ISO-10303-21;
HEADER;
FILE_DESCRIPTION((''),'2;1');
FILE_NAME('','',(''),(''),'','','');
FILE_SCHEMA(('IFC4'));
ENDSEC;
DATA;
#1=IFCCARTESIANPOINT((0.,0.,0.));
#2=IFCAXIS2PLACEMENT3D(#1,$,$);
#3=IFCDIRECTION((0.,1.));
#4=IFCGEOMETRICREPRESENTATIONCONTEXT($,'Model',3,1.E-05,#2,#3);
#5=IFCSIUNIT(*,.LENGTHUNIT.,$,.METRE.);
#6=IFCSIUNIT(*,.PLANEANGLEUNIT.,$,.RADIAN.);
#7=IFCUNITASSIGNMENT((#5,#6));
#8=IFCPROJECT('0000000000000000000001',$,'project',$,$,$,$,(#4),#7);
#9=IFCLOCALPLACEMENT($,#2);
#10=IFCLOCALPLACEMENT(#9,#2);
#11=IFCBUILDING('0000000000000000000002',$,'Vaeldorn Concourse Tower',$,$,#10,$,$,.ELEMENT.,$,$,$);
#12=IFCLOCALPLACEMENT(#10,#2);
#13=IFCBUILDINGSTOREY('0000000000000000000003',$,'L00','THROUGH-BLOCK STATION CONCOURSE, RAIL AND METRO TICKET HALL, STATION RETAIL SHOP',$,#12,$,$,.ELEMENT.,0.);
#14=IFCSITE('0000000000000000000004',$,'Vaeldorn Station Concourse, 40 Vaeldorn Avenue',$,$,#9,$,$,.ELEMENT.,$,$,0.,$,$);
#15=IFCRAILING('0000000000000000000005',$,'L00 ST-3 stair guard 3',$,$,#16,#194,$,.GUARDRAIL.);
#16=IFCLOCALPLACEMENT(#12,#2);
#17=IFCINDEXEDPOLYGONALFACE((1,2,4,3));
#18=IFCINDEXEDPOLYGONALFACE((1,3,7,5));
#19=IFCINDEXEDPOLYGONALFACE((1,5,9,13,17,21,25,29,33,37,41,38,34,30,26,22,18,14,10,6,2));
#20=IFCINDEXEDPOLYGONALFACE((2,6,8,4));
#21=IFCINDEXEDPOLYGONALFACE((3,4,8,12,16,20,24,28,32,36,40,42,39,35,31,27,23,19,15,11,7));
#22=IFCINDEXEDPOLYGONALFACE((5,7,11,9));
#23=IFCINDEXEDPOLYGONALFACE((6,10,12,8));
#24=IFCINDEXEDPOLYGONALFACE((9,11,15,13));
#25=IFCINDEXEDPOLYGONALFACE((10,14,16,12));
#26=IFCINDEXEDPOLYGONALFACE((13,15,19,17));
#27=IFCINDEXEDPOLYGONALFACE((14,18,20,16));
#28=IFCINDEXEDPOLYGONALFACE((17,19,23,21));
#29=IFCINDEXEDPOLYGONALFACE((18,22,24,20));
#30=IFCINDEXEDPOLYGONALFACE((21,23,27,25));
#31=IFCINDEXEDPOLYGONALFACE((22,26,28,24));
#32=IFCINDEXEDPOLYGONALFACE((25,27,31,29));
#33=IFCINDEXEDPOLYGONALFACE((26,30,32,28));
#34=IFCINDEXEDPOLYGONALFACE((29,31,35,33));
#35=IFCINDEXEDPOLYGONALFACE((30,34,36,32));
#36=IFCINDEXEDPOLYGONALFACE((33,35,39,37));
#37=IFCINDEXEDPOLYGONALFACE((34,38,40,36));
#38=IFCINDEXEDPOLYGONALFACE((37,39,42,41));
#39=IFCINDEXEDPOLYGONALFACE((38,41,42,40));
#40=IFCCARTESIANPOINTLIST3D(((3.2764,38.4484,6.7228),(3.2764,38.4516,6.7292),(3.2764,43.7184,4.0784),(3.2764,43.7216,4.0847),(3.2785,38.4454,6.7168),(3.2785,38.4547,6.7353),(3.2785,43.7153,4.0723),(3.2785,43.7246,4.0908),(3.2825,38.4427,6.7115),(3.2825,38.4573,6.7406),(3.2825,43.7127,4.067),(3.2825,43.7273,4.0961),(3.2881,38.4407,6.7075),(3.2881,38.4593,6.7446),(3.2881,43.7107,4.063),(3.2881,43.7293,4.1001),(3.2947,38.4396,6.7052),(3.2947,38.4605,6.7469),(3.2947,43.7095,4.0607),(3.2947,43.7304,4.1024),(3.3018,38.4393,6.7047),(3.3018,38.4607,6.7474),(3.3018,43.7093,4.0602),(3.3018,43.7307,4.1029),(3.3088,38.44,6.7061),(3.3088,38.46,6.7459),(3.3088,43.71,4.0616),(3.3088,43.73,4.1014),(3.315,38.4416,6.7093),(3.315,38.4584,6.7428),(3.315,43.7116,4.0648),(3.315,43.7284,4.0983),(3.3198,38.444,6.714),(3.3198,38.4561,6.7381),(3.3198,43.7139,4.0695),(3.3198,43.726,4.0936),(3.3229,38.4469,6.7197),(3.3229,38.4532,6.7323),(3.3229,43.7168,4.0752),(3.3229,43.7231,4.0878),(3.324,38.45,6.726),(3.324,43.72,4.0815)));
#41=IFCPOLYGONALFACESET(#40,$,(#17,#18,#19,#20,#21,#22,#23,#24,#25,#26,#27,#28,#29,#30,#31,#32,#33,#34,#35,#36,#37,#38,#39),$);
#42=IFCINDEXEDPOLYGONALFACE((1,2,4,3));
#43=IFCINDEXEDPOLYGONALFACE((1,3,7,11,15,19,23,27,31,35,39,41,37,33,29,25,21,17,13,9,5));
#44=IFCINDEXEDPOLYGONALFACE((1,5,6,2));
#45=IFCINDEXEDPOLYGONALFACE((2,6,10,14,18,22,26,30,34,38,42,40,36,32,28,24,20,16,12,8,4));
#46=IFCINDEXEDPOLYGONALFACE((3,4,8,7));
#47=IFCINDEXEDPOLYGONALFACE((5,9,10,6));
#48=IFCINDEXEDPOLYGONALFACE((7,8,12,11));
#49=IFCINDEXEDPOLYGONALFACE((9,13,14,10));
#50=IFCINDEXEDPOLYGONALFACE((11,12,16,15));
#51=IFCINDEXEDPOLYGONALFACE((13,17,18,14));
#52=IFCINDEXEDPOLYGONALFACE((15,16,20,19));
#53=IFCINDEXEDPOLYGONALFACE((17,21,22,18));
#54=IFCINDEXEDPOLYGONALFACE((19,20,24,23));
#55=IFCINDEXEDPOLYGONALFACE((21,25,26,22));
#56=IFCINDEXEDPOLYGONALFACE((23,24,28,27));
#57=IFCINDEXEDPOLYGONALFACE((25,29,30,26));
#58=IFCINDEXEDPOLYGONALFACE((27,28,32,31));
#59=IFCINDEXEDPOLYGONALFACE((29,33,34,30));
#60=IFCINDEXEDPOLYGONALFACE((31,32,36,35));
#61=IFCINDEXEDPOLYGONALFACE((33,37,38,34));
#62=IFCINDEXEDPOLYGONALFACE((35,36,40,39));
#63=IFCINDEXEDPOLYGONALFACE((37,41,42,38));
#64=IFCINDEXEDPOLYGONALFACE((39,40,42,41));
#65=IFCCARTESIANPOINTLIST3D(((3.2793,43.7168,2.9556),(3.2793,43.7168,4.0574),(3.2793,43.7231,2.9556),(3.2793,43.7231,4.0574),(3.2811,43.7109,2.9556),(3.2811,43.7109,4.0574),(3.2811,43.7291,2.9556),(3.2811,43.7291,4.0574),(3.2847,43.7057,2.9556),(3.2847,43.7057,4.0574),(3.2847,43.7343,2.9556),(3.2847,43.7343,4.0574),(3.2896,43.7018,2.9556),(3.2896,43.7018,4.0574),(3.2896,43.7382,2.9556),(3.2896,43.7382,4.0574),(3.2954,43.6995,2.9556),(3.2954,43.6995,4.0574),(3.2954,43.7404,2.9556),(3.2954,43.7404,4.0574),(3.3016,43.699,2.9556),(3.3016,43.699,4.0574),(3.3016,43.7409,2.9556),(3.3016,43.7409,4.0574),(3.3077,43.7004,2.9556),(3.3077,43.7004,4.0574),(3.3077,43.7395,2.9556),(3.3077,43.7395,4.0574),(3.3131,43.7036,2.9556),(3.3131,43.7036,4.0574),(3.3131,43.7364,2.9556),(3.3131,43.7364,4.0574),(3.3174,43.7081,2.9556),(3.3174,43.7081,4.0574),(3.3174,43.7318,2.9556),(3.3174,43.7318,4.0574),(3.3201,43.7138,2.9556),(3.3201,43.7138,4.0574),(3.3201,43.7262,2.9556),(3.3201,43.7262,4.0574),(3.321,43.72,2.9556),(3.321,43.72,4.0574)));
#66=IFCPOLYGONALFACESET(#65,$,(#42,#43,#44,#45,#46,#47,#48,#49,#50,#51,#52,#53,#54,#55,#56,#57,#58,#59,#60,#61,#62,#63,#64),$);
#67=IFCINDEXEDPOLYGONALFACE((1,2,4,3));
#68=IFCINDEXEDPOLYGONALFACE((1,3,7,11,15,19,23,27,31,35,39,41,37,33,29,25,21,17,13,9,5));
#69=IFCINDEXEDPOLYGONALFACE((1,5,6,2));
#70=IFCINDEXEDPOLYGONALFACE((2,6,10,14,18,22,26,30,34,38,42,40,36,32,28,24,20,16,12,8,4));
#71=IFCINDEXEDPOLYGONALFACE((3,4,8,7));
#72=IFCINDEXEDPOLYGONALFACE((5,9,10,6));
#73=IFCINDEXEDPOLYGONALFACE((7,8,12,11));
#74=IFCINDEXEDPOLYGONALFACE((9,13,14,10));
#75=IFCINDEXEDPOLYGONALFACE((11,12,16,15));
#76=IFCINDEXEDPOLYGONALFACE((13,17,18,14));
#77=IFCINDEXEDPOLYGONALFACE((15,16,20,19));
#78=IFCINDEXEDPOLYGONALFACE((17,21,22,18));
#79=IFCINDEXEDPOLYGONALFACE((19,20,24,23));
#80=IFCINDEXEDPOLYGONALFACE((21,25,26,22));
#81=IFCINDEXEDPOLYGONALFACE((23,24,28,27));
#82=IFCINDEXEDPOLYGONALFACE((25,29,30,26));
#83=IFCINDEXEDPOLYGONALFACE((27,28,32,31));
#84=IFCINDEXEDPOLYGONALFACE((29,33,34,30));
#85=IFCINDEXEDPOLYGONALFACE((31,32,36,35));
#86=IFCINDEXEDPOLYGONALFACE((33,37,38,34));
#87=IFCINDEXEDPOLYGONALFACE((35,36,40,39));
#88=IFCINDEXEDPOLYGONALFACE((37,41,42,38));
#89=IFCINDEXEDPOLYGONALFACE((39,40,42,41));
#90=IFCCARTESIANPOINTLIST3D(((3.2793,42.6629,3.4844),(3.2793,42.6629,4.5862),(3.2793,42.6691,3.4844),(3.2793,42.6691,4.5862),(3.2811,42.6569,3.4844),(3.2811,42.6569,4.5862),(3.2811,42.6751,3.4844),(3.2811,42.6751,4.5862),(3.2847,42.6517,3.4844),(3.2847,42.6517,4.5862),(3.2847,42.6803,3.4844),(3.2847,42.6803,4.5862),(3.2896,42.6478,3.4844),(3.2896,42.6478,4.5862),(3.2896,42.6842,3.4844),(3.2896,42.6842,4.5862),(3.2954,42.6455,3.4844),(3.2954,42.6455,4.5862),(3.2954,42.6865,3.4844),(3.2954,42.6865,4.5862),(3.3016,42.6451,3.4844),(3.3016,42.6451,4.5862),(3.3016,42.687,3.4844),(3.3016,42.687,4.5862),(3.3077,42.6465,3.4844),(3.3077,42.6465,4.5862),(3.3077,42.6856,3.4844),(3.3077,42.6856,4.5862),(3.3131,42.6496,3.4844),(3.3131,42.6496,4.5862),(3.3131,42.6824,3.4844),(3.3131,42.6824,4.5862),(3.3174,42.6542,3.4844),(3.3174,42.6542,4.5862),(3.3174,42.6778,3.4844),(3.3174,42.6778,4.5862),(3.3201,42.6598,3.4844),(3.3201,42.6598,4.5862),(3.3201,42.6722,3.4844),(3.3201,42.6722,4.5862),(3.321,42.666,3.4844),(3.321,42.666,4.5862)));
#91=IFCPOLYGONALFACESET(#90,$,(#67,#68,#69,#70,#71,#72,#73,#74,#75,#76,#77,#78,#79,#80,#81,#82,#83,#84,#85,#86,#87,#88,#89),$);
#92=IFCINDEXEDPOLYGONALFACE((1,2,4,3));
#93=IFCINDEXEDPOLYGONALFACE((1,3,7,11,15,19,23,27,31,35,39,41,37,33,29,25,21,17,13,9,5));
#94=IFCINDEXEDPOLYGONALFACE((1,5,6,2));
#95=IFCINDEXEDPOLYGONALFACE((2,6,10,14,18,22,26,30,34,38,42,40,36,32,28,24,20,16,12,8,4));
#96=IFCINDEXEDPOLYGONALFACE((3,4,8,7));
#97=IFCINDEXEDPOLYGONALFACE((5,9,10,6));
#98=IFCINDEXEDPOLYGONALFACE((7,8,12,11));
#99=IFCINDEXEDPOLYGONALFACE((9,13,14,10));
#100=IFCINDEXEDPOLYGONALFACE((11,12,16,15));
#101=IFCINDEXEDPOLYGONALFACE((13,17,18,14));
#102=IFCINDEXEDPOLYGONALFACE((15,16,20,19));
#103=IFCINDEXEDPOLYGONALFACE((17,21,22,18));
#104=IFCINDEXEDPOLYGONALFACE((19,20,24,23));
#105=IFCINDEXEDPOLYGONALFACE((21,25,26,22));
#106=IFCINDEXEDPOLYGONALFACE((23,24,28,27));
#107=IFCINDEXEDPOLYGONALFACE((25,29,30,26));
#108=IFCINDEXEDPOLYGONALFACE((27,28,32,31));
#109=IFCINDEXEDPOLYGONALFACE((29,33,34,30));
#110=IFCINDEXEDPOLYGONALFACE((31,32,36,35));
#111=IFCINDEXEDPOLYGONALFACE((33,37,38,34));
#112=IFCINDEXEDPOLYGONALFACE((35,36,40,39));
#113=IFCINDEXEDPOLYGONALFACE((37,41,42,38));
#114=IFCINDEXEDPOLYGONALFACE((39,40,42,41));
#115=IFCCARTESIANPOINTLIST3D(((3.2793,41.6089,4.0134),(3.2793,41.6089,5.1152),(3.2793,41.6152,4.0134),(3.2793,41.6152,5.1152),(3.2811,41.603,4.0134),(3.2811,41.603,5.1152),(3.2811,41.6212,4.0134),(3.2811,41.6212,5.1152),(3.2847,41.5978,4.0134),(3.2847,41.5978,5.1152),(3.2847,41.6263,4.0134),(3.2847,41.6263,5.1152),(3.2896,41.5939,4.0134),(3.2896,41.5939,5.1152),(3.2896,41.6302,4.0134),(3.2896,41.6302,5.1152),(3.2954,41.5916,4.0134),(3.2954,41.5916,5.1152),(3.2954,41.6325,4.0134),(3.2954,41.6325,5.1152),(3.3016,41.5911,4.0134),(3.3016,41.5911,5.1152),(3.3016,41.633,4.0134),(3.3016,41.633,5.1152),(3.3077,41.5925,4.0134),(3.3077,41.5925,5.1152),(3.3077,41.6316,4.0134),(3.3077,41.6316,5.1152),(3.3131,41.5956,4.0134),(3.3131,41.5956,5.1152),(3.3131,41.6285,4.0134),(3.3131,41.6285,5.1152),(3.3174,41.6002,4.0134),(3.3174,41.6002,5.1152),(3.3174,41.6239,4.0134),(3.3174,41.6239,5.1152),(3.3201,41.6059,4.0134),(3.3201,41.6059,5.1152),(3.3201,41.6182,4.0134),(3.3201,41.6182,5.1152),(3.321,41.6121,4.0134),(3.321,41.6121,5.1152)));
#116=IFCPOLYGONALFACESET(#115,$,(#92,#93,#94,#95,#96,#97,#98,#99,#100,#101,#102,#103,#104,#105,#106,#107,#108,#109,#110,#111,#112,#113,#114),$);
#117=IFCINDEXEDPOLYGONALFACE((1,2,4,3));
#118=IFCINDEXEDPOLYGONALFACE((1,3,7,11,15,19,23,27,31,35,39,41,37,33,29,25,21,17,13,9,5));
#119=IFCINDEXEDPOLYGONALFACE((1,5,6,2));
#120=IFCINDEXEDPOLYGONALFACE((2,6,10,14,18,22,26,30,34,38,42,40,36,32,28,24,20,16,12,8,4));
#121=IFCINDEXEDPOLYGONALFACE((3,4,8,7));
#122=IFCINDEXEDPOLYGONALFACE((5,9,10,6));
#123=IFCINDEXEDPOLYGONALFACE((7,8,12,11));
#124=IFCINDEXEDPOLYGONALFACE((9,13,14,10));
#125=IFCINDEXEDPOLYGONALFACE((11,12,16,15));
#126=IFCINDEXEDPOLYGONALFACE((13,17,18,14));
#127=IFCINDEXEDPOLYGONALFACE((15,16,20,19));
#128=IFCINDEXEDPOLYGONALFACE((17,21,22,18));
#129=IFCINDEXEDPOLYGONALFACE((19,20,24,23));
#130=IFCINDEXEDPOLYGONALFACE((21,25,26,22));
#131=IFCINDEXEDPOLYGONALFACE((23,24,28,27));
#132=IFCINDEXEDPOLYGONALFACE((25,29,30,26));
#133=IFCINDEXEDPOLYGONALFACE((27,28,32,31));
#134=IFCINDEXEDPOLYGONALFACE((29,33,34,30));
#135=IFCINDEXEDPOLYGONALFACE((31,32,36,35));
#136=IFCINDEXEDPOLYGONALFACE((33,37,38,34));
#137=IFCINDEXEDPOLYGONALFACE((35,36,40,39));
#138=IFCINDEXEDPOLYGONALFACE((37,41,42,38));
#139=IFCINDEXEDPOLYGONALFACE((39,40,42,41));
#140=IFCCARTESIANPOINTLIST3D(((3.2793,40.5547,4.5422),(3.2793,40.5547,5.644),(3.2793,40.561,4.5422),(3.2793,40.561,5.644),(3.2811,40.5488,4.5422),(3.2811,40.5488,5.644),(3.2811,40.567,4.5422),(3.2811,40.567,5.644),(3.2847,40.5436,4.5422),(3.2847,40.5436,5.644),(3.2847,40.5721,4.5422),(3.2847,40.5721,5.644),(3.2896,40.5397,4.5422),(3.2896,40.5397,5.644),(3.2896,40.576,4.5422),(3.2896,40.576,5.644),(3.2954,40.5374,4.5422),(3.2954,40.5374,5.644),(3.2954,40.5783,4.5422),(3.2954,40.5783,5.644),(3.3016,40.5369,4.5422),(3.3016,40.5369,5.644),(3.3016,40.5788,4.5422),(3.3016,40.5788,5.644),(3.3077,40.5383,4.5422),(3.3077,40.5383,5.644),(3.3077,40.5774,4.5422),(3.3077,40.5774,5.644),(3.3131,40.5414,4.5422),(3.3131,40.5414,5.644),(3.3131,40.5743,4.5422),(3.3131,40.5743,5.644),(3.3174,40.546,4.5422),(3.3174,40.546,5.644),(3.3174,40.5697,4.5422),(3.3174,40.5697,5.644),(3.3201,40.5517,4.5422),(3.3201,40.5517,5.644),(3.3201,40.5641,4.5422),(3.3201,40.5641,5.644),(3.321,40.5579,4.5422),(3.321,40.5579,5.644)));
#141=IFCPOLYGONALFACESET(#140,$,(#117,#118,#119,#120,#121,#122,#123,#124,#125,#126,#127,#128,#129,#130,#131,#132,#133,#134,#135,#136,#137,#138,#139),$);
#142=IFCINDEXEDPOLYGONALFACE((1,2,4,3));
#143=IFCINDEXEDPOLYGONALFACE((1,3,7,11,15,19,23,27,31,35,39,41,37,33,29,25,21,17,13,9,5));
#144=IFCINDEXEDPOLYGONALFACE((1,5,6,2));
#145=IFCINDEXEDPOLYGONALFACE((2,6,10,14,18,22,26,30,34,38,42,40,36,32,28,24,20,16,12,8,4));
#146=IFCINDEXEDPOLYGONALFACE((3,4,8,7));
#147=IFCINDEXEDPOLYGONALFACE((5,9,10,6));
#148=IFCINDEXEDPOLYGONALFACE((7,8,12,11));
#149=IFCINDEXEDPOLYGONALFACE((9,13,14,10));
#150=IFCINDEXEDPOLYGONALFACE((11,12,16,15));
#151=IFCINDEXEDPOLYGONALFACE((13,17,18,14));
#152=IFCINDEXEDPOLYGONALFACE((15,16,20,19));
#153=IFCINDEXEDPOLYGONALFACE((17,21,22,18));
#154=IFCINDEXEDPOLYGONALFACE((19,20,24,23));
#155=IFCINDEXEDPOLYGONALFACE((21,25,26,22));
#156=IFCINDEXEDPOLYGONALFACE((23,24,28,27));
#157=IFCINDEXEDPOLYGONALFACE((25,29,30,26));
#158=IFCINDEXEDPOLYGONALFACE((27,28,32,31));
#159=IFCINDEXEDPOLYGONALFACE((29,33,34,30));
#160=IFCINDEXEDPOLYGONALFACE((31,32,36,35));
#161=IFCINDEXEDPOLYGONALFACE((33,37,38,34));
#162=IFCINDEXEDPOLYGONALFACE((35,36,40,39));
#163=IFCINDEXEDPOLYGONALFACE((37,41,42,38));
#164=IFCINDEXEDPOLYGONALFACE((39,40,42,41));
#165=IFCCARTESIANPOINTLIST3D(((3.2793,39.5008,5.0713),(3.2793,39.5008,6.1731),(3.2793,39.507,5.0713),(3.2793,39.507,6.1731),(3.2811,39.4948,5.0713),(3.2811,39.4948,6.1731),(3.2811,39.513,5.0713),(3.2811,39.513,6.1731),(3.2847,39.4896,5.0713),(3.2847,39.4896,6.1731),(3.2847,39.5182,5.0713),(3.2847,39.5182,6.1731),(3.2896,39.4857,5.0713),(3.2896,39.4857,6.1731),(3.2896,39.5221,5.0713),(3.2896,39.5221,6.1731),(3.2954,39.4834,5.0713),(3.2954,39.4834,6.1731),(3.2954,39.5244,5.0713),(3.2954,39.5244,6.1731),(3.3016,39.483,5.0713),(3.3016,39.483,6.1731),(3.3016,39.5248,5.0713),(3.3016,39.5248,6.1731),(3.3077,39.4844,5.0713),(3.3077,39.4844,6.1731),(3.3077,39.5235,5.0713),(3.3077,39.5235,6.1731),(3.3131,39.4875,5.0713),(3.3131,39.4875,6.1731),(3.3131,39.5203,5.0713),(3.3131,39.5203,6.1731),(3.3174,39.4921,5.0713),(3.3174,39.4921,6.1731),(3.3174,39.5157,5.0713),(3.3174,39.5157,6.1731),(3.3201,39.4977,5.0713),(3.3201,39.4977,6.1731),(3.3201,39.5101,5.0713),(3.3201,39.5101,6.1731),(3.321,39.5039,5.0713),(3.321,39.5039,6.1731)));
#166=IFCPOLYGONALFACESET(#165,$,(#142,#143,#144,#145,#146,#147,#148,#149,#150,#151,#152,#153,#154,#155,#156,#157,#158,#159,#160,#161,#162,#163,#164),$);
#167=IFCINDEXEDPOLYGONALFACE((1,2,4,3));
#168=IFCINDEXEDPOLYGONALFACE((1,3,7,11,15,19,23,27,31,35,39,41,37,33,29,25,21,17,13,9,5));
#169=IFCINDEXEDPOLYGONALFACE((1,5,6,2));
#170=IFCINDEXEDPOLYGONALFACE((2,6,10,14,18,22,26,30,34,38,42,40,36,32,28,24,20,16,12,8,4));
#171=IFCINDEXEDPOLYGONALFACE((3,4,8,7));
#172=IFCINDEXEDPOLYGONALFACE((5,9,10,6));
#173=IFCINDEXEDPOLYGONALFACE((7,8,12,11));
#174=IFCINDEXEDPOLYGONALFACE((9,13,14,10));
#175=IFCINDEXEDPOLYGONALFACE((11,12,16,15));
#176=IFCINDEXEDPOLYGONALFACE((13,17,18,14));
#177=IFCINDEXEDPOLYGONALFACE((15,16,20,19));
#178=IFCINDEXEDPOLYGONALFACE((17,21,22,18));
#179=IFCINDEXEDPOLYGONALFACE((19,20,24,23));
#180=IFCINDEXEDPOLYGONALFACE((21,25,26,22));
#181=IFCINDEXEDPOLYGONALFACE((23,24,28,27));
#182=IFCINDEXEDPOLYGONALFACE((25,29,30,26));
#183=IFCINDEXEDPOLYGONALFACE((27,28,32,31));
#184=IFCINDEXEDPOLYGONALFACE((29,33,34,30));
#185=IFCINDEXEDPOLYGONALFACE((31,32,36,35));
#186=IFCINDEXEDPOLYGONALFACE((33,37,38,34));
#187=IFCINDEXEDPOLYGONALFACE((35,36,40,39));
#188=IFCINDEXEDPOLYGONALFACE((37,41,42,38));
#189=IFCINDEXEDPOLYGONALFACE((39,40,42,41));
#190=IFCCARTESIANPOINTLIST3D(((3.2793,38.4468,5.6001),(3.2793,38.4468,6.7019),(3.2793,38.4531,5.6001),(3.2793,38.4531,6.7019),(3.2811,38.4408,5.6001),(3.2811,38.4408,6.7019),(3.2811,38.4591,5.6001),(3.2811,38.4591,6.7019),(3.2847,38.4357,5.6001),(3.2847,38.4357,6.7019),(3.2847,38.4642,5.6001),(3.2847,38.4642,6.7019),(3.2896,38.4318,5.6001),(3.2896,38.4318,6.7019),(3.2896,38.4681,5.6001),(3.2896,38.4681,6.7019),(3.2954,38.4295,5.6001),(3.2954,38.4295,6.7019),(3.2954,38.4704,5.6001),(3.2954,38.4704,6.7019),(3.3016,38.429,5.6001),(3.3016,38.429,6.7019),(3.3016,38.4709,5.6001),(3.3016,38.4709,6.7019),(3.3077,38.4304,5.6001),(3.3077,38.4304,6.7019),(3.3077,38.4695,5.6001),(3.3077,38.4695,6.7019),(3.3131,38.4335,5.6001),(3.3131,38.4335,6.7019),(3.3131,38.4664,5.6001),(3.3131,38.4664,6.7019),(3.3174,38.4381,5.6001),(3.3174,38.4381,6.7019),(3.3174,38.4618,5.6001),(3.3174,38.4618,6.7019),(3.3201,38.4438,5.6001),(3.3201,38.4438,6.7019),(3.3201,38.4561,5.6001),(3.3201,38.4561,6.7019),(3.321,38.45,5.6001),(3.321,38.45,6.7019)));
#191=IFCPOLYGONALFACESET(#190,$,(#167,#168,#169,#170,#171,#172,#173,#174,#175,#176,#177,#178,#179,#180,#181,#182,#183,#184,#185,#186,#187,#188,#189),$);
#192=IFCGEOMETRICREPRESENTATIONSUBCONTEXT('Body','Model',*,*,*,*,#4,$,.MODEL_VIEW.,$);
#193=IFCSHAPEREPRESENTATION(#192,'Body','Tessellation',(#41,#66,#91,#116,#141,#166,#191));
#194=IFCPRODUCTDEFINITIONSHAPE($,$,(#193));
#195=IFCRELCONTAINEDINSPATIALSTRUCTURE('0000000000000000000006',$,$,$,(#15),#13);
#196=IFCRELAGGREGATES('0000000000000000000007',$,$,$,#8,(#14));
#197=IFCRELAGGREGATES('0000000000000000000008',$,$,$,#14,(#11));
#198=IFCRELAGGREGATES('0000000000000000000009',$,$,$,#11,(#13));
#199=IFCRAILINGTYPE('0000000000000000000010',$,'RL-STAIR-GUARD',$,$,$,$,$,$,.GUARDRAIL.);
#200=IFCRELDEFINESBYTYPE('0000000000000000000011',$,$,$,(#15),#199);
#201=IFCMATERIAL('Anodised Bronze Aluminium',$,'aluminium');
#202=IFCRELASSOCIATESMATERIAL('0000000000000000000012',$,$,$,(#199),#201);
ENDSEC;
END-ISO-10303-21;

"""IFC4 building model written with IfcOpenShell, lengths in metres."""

from ifc_helpers import new_model, si_unit, direction, frame, origin, origin_2d, place, context, subcontext, project, spatial, circle, extrude, material, type_object, element, save


model = new_model("IFC4")

# Units and contexts
model_context = context("Model", 3, precision=1e-05, world=origin(), true_north=direction((0.0, 1.0)))
body_context = subcontext(model_context, "Body", "Model", "MODEL_VIEW")
ifc_project = project(units=[si_unit("LENGTHUNIT", "METRE"), si_unit("PLANEANGLEUNIT", "RADIAN")], contexts=[model_context])

# Site, building, storey
site_placement = place(None, origin())
site = spatial("IfcSite", under=ifc_project, at=site_placement, Name="Vaeldorn Station Concourse, 40 Vaeldorn Avenue", CompositionType="ELEMENT", RefElevation=0.0)
building_placement = place(site_placement, origin())
building = spatial("IfcBuilding", under=site, at=building_placement, Name="Vaeldorn Concourse Tower", CompositionType="ELEMENT")
storey_placement = place(building_placement, origin())
storey = spatial("IfcBuildingStorey", under=building, at=storey_placement, Name="L00", Description="THROUGH-BLOCK STATION CONCOURSE, RAIL AND METRO TICKET HALL, STATION RETAIL SHOP", CompositionType="ELEMENT", Elevation=0.0)

# Shared definitions
ifc_material_1 = material(Name="Anodised Bronze Aluminium", Category="aluminium")

# Railing
railing_type_1 = type_object("IfcRailingType", Name="RL-STAIR-GUARD", PredefinedType="GUARDRAIL", material=ifc_material_1)
railing_1_placement = place(storey_placement, frame((3.3, 43.72, 2.9556)))
element("IfcRailing", 1, at=railing_1_placement, inside=storey, type_object=railing_type_1, Name="L00 ST-3 stair guard 3", PredefinedType="GUARDRAIL", context=body_context, shape_type="SweptSolid", body=[
    extrude(circle(Radius=0.0239, at=origin_2d()), frame((0.0, 0.0, 1.126), z_axis=(0.0, -0.89378, 0.448505), x_axis=(1.0, 0.0, 0.0)), (0.0, 0.0, 1.0), 5.8962),
    extrude(circle(Radius=0.021, at=origin_2d()), origin(), (0.0, 0.0, 1.0), 1.1018),
    extrude(circle(Radius=0.021, at=origin_2d()), frame((0.0, -1.054, 0.5288)), (0.0, 0.0, 1.0), 1.1018),
    extrude(circle(Radius=0.021, at=origin_2d()), frame((0.0, -2.1079, 1.0579)), (0.0, 0.0, 1.0), 1.1018),
    extrude(circle(Radius=0.021, at=origin_2d()), frame((0.0, -3.1621, 1.5867)), (0.0, 0.0, 1.0), 1.1018),
    extrude(circle(Radius=0.021, at=origin_2d()), frame((0.0, -4.2161, 2.1157)), (0.0, 0.0, 1.0), 1.1018),
    extrude(circle(Radius=0.021, at=origin_2d()), frame((0.0, -5.27, 2.6445)), (0.0, 0.0, 1.0), 1.1018),
])

save(model, "model.ifc")
